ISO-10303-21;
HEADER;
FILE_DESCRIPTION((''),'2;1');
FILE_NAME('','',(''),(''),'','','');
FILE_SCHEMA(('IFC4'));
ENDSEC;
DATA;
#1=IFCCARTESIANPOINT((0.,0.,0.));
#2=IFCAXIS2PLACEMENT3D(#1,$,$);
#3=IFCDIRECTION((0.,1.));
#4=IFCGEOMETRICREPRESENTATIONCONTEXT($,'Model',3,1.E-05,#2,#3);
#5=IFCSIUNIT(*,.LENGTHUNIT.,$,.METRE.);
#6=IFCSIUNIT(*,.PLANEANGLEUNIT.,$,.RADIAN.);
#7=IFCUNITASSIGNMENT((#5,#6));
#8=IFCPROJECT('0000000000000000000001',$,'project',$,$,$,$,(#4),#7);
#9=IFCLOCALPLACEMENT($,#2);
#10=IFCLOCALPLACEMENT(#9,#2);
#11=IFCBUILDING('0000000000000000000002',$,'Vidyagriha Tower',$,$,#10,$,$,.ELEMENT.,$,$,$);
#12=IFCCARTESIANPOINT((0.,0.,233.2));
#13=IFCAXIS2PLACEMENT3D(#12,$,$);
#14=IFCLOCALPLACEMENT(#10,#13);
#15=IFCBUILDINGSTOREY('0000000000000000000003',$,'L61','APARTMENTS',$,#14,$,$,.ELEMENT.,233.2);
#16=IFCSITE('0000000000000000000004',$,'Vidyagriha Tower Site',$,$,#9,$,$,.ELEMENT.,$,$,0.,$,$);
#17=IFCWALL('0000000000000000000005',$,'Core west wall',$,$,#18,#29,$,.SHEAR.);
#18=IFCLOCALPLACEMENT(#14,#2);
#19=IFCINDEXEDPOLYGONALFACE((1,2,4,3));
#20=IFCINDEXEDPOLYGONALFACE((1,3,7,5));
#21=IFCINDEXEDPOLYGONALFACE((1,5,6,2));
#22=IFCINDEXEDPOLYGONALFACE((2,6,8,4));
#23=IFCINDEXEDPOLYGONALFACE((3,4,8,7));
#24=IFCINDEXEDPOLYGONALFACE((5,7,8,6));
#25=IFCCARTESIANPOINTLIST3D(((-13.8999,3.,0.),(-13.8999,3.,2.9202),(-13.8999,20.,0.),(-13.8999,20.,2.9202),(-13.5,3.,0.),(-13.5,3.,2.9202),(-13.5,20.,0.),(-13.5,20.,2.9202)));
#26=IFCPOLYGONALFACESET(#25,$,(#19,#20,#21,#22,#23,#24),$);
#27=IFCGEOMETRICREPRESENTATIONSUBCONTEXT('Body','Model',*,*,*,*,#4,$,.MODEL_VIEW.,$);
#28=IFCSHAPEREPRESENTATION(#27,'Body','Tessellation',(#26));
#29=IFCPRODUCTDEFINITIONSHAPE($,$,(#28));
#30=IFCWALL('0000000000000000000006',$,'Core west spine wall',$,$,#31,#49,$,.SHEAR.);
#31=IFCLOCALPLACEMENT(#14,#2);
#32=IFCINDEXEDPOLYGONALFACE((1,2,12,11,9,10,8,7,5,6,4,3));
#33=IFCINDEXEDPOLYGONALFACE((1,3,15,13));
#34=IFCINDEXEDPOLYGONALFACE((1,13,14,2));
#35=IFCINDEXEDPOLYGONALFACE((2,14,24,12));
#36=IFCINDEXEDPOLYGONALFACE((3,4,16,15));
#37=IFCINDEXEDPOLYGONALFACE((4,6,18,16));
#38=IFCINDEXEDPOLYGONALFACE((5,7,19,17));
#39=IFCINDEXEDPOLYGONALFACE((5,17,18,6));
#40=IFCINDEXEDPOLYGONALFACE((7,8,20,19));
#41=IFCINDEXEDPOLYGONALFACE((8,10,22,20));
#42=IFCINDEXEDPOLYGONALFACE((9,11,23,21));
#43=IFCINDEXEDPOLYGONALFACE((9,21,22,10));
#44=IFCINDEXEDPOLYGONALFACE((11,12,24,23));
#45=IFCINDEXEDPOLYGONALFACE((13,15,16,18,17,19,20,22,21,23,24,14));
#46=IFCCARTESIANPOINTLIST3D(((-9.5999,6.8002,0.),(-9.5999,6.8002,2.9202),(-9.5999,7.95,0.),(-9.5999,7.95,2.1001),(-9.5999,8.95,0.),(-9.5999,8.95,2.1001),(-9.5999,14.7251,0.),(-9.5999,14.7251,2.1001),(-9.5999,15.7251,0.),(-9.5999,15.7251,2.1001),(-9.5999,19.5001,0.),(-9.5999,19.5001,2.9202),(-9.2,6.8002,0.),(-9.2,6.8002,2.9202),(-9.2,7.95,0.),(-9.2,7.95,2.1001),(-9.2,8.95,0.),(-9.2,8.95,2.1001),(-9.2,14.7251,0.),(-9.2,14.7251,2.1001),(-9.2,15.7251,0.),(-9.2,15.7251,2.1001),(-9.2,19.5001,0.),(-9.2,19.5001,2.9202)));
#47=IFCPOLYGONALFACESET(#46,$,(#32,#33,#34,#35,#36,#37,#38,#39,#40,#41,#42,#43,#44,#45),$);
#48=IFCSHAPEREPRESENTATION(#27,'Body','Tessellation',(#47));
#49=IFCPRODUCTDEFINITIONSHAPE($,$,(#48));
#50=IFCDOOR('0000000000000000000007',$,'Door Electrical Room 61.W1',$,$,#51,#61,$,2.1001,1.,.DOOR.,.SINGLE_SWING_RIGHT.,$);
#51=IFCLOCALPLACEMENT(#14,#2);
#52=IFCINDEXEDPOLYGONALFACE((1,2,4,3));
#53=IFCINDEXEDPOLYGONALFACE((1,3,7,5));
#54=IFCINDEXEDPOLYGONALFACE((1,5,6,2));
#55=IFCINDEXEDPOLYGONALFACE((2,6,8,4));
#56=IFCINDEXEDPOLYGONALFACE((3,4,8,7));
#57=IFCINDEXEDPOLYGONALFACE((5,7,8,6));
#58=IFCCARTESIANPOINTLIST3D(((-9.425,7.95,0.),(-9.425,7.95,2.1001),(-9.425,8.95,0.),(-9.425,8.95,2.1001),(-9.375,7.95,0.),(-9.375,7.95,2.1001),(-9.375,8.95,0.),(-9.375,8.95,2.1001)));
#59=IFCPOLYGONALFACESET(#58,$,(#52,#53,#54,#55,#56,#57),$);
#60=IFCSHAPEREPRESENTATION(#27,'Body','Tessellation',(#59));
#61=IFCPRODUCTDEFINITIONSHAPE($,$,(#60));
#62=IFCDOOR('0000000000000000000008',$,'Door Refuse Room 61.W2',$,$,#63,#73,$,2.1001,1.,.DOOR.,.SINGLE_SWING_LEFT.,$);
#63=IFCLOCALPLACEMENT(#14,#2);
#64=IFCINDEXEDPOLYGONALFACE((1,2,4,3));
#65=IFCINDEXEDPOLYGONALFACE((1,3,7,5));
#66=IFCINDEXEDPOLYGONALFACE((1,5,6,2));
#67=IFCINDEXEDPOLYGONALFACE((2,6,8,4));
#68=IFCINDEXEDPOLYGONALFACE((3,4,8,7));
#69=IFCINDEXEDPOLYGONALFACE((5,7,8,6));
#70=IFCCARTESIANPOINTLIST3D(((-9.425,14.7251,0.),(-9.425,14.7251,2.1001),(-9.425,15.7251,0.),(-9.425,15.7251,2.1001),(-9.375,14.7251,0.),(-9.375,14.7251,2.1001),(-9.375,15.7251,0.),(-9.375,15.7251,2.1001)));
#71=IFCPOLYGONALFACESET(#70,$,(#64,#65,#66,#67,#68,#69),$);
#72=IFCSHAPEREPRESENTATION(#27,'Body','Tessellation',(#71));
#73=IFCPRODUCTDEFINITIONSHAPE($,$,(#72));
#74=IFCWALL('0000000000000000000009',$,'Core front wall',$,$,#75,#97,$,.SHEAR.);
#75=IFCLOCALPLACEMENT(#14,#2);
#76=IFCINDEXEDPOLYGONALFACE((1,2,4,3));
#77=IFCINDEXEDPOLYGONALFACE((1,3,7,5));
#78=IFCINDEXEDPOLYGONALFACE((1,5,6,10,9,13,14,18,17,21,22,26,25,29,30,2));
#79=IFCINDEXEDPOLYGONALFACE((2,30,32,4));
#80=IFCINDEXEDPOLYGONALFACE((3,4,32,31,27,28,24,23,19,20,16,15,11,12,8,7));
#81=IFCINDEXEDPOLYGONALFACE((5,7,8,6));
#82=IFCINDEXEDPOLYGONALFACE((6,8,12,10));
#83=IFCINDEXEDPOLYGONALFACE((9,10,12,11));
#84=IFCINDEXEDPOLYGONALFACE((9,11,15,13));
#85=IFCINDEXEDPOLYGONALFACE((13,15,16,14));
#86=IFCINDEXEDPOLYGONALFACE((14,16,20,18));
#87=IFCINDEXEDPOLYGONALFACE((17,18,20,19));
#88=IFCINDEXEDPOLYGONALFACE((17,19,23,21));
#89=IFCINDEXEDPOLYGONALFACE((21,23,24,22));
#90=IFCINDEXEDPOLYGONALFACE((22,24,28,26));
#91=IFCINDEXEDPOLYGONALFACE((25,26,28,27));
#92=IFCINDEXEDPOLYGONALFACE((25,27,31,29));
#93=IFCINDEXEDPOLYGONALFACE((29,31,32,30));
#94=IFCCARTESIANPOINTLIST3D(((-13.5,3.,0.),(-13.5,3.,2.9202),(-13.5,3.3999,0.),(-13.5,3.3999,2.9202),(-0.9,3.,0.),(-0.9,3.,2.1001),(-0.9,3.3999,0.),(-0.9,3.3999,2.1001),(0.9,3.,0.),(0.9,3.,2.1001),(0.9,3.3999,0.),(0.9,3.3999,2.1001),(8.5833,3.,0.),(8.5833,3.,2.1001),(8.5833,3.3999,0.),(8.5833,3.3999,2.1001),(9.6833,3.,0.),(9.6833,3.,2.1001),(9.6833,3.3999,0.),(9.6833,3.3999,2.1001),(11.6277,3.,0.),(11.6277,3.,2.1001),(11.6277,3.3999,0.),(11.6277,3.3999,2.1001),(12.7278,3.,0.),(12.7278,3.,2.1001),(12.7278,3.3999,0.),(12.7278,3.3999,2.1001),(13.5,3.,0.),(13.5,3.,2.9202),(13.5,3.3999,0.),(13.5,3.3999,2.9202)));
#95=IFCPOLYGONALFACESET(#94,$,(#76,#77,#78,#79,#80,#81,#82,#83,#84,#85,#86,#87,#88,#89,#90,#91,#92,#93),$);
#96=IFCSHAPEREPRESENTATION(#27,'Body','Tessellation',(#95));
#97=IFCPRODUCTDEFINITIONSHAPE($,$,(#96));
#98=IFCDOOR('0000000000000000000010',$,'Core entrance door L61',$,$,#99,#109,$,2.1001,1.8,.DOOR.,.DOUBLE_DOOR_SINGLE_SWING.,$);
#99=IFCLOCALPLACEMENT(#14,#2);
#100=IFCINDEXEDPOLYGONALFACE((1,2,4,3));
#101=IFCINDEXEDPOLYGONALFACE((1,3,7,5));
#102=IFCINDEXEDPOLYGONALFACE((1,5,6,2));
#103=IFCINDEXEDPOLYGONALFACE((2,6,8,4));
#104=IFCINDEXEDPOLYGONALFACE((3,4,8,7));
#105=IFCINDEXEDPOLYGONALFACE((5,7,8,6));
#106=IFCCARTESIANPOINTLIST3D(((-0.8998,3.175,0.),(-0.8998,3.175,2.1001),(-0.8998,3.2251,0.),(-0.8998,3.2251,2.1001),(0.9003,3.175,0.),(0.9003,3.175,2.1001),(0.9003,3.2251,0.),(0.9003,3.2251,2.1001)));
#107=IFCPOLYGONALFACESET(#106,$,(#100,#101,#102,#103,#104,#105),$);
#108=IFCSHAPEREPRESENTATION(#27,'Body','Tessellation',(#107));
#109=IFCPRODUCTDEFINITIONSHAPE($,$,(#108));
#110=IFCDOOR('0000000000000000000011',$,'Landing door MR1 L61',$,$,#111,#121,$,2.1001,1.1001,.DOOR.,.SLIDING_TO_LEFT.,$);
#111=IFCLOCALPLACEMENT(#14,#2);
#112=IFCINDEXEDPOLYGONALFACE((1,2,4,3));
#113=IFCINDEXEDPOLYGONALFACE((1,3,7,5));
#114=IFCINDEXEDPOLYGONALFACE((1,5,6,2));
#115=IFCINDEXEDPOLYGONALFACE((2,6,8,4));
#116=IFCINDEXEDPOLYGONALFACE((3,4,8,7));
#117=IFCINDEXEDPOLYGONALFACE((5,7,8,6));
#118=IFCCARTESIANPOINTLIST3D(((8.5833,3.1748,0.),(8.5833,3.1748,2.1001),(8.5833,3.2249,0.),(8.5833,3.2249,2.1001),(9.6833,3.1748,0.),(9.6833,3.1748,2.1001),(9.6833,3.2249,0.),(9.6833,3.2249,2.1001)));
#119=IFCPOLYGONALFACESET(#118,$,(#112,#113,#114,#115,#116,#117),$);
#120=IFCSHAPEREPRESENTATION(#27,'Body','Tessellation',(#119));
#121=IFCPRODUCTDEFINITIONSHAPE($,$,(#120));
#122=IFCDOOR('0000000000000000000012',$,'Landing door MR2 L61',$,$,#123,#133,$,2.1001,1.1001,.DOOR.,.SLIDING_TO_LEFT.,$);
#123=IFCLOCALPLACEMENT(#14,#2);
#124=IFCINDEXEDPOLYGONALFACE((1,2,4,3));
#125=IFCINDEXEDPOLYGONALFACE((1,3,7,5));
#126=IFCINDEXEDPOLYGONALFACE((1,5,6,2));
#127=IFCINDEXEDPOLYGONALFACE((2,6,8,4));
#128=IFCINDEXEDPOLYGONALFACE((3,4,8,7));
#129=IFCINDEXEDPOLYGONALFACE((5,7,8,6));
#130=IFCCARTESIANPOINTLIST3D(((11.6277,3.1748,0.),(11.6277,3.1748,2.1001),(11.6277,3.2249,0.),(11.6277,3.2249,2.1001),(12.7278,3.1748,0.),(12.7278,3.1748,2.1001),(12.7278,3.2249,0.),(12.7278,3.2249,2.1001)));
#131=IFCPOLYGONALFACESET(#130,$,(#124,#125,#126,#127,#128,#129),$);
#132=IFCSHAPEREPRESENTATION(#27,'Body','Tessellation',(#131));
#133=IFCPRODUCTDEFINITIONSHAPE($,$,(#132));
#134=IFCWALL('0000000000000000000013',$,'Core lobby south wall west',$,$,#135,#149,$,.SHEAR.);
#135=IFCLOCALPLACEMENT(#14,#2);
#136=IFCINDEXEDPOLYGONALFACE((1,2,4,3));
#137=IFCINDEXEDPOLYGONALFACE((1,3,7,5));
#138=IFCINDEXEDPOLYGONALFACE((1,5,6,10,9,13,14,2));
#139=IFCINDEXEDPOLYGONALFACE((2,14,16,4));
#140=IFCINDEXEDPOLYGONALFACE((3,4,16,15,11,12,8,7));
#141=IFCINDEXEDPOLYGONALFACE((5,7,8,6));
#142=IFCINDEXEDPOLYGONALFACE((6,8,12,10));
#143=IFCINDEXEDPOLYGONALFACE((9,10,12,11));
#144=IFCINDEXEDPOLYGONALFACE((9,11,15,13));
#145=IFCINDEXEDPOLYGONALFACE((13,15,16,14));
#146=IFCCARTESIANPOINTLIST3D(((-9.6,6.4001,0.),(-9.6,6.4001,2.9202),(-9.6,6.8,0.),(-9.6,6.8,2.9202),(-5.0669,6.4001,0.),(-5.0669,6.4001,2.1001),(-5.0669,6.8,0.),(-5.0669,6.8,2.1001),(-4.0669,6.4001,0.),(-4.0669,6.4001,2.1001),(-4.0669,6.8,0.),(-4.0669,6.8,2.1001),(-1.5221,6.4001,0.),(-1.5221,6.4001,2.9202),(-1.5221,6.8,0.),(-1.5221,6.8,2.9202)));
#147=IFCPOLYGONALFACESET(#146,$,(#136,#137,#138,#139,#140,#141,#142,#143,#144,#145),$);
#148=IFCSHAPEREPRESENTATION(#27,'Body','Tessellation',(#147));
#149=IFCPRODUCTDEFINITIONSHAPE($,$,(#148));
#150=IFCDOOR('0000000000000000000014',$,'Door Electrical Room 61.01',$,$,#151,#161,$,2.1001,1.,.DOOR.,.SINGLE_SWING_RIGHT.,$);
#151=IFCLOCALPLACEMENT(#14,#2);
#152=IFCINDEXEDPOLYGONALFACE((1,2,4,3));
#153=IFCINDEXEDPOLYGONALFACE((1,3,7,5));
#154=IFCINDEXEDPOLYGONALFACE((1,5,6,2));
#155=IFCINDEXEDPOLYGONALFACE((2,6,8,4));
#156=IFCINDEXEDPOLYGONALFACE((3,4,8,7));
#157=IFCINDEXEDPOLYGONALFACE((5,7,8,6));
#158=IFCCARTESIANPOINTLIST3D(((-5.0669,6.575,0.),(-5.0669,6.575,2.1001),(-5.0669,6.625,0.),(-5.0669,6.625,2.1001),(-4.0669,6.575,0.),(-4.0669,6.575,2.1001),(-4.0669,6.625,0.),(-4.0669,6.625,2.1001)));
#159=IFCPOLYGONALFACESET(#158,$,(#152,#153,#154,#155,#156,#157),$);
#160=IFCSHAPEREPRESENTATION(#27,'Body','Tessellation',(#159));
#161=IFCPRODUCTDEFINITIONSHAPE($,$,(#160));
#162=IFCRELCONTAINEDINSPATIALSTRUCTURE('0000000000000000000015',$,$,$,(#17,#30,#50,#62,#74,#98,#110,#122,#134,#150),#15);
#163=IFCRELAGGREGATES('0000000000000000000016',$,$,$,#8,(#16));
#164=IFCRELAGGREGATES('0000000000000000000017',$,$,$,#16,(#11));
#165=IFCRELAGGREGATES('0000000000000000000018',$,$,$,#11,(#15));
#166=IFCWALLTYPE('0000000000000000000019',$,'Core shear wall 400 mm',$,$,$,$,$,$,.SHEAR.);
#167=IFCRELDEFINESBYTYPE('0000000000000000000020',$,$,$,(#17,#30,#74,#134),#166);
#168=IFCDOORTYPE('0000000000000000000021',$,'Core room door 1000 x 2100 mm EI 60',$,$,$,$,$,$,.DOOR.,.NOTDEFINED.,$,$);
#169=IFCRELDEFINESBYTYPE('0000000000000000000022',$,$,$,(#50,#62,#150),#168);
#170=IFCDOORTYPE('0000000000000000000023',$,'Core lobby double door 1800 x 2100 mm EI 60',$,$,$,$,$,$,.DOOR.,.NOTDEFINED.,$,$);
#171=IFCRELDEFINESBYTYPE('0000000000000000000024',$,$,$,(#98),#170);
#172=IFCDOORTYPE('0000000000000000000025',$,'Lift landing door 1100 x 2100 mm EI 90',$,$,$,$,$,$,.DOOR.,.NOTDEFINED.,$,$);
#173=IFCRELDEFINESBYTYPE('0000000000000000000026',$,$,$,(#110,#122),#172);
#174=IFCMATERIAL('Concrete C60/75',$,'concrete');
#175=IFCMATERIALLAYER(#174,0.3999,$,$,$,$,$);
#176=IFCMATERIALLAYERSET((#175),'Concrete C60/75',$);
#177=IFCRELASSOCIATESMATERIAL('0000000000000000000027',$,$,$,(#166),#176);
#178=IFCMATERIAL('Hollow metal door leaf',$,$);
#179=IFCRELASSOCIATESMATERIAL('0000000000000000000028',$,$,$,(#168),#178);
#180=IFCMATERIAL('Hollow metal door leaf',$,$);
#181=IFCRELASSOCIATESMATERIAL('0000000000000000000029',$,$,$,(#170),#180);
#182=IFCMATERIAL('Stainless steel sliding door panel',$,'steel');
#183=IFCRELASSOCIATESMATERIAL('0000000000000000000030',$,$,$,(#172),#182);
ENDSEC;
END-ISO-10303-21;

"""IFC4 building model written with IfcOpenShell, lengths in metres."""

from ifc_helpers import new_model, si_unit, direction, frame, frame_2d, origin, place, context, subcontext, project, spatial, rectangle, extrude, material, layer, layer_set, type_object, element, fill, save


model = new_model("IFC4")

# Units and contexts
model_context = context("Model", 3, precision=1e-05, world=origin(), true_north=direction((0.0, 1.0)))
body_context = subcontext(model_context, "Body", "Model", "MODEL_VIEW")
ifc_project = project(units=[si_unit("LENGTHUNIT", "METRE"), si_unit("PLANEANGLEUNIT", "RADIAN")], contexts=[model_context])

# Site, building, storey
site_placement = place(None, origin())
site = spatial("IfcSite", under=ifc_project, at=site_placement, Name="Vidyagriha Tower Site", CompositionType="ELEMENT", RefElevation=0.0)
building_placement = place(site_placement, origin())
building = spatial("IfcBuilding", under=site, at=building_placement, Name="Vidyagriha Tower", CompositionType="ELEMENT")
storey_placement = place(building_placement, frame((0.0, 0.0, 233.2)))
storey = spatial("IfcBuildingStorey", under=building, at=storey_placement, Name="L61", Description="APARTMENTS", CompositionType="ELEMENT", Elevation=233.2)

# Wall
ifc_material_1 = material(Name="Concrete C60/75", Category="concrete")
ifc_layer_1 = layer(ifc_material_1, 0.3999)
ifc_layer_set_1 = layer_set([ifc_layer_1], Name="Concrete C60/75")
wall_type_1 = type_object("IfcWallType", Name="Core shear wall 400 mm", PredefinedType="SHEAR", material=ifc_layer_set_1)
wall_1_placement = place(storey_placement, frame((-13.7, 3.0, 0.0), z_axis=(0.0, 0.0, 1.0), x_axis=(0.0, 1.0, 0.0)))
element("IfcWall", 1, at=wall_1_placement, inside=storey, type_object=wall_type_1, Name="Core west wall", PredefinedType="SHEAR", context=body_context, shape_type="SweptSolid", body=[
    extrude(rectangle(XDim=17.0, YDim=0.3999, at=frame_2d((8.5, 0.0))), origin(), (0.0, 0.0, 1.0), 2.9202),
])

# Walls, openings, doors
wall_2_placement = place(storey_placement, frame((-9.3999, 6.8, 0.0), z_axis=(0.0, 0.0, 1.0), x_axis=(0.0, 1.0, 0.0)))
wall_2 = element("IfcWall", 2, at=wall_2_placement, inside=storey, type_object=wall_type_1, Name="Core west spine wall", PredefinedType="SHEAR", context=body_context, shape_type="SweptSolid", body=[
    extrude(rectangle(XDim=12.7, YDim=0.3999, at=frame_2d((6.3501, 0.0))), origin(), (0.0, 0.0, 1.0), 2.9202),
])
opening_1_placement = place(wall_2_placement, frame((1.1499, 0.0, 0.0)))
opening_1 = element("IfcOpeningElement", 3, at=opening_1_placement, cuts=wall_2, PredefinedType="OPENING", context=body_context, shape_type="SweptSolid", body=[
    extrude(rectangle(XDim=1.0, YDim=2.1001, at=frame_2d((0.5, 1.05))), frame((0.0, 0.21, 0.0), z_axis=(0.0, -1.0, 0.0), x_axis=(1.0, 0.0, 0.0)), (0.0, 0.0, 1.0), 0.4199),
])
opening_2_placement = place(wall_2_placement, frame((7.925, 0.0, 0.0)))
opening_2 = element("IfcOpeningElement", 4, at=opening_2_placement, cuts=wall_2, PredefinedType="OPENING", context=body_context, shape_type="SweptSolid", body=[
    extrude(rectangle(XDim=1.0, YDim=2.1001, at=frame_2d((0.5, 1.05))), frame((0.0, 0.21, 0.0), z_axis=(0.0, -1.0, 0.0), x_axis=(1.0, 0.0, 0.0)), (0.0, 0.0, 1.0), 0.4199),
])
ifc_material_2 = material(Name="Hollow metal door leaf")
door_type_1 = type_object("IfcDoorType", Name="Core room door 1000 x 2100 mm EI 60", OperationType="NOTDEFINED", PredefinedType="DOOR", material=ifc_material_2)
door_1_placement = place(opening_1_placement, frame((1.0, 0.0, 0.0), z_axis=(0.0, 0.0, 1.0), x_axis=(-1.0, 0.0, 0.0)))
door_1 = element("IfcDoor", 5, at=door_1_placement, inside=storey, type_object=door_type_1, Name="Door Electrical Room 61.W1", OperationType="SINGLE_SWING_RIGHT", OverallHeight=2.1001, OverallWidth=1.0, PredefinedType="DOOR", context=body_context, shape_type="SweptSolid", body=[
    extrude(rectangle(XDim=1.0, YDim=2.1001, at=frame_2d((0.5, 1.05))), frame((0.0, 0.0249, 0.0), z_axis=(0.0, -1.0, 0.0), x_axis=(1.0, 0.0, 0.0)), (0.0, 0.0, 1.0), 0.05),
])
fill(opening_1, door_1)
door_2_placement = place(opening_2_placement, frame((1.0, 0.0, 0.0), z_axis=(0.0, 0.0, 1.0), x_axis=(-1.0, 0.0, 0.0)))
door_2 = element("IfcDoor", 6, at=door_2_placement, inside=storey, type_object=door_type_1, Name="Door Refuse Room 61.W2", OperationType="SINGLE_SWING_LEFT", OverallHeight=2.1001, OverallWidth=1.0, PredefinedType="DOOR", context=body_context, shape_type="SweptSolid", body=[
    extrude(rectangle(XDim=1.0, YDim=2.1001, at=frame_2d((0.5, 1.05))), frame((0.0, 0.0249, 0.0), z_axis=(0.0, -1.0, 0.0), x_axis=(1.0, 0.0, 0.0)), (0.0, 0.0, 1.0), 0.05),
])
fill(opening_2, door_2)
wall_3_placement = place(storey_placement, frame((-13.5, 3.2, 0.0)))
wall_3 = element("IfcWall", 7, at=wall_3_placement, inside=storey, type_object=wall_type_1, Name="Core front wall", PredefinedType="SHEAR", context=body_context, shape_type="SweptSolid", body=[
    extrude(rectangle(XDim=27.0, YDim=0.3999, at=frame_2d((13.5, 0.0))), origin(), (0.0, 0.0, 1.0), 2.9202),
])
opening_3_placement = place(wall_3_placement, frame((22.0833, 0.0, 0.0)))
opening_3 = element("IfcOpeningElement", 8, at=opening_3_placement, cuts=wall_3, PredefinedType="OPENING", context=body_context, shape_type="SweptSolid", body=[
    extrude(rectangle(XDim=1.1001, YDim=2.1001, at=frame_2d((0.55, 1.05))), frame((0.0, 0.21, 0.0), z_axis=(0.0, -1.0, 0.0), x_axis=(1.0, 0.0, 0.0)), (0.0, 0.0, 1.0), 0.4199),
])
opening_4_placement = place(wall_3_placement, frame((25.1277, 0.0, 0.0)))
opening_4 = element("IfcOpeningElement", 9, at=opening_4_placement, cuts=wall_3, PredefinedType="OPENING", context=body_context, shape_type="SweptSolid", body=[
    extrude(rectangle(XDim=1.1001, YDim=2.1001, at=frame_2d((0.55, 1.05))), frame((0.0, 0.21, 0.0), z_axis=(0.0, -1.0, 0.0), x_axis=(1.0, 0.0, 0.0)), (0.0, 0.0, 1.0), 0.4199),
])
opening_5_placement = place(wall_3_placement, frame((12.6001, 0.0, 0.0)))
opening_5 = element("IfcOpeningElement", 10, at=opening_5_placement, cuts=wall_3, PredefinedType="OPENING", context=body_context, shape_type="SweptSolid", body=[
    extrude(rectangle(XDim=1.8, YDim=2.1001, at=frame_2d((0.8999, 1.05))), frame((0.0, 0.21, 0.0), z_axis=(0.0, -1.0, 0.0), x_axis=(1.0, 0.0, 0.0)), (0.0, 0.0, 1.0), 0.4199),
])
ifc_material_3 = material(Name="Hollow metal door leaf")
door_type_2 = type_object("IfcDoorType", Name="Core lobby double door 1800 x 2100 mm EI 60", OperationType="NOTDEFINED", PredefinedType="DOOR", material=ifc_material_3)
door_3_placement = place(opening_5_placement, frame((1.8, 0.0, 0.0), z_axis=(0.0, 0.0, 1.0), x_axis=(-1.0, 0.0, 0.0)))
door_3 = element("IfcDoor", 11, at=door_3_placement, inside=storey, type_object=door_type_2, Name="Core entrance door L61", OperationType="DOUBLE_DOOR_SINGLE_SWING", OverallHeight=2.1001, OverallWidth=1.8, PredefinedType="DOOR", context=body_context, shape_type="SweptSolid", body=[
    extrude(rectangle(XDim=1.8, YDim=2.1001, at=frame_2d((0.8999, 1.05))), frame((0.0, 0.0249, 0.0), z_axis=(0.0, -1.0, 0.0), x_axis=(1.0, 0.0, 0.0)), (0.0, 0.0, 1.0), 0.05),
])
fill(opening_5, door_3)
ifc_material_4 = material(Name="Stainless steel sliding door panel", Category="steel")
door_type_3 = type_object("IfcDoorType", Name="Lift landing door 1100 x 2100 mm EI 90", OperationType="NOTDEFINED", PredefinedType="DOOR", material=ifc_material_4)
door_4_placement = place(opening_3_placement, origin())
door_4 = element("IfcDoor", 12, at=door_4_placement, inside=storey, type_object=door_type_3, Name="Landing door MR1 L61", OperationType="SLIDING_TO_LEFT", OverallHeight=2.1001, OverallWidth=1.1001, PredefinedType="DOOR", context=body_context, shape_type="SweptSolid", body=[
    extrude(rectangle(XDim=1.1001, YDim=2.1001, at=frame_2d((0.55, 1.05))), frame((0.0, 0.0249, 0.0), z_axis=(0.0, -1.0, 0.0), x_axis=(1.0, 0.0, 0.0)), (0.0, 0.0, 1.0), 0.05),
])
fill(opening_3, door_4)
door_5_placement = place(opening_4_placement, origin())
door_5 = element("IfcDoor", 13, at=door_5_placement, inside=storey, type_object=door_type_3, Name="Landing door MR2 L61", OperationType="SLIDING_TO_LEFT", OverallHeight=2.1001, OverallWidth=1.1001, PredefinedType="DOOR", context=body_context, shape_type="SweptSolid", body=[
    extrude(rectangle(XDim=1.1001, YDim=2.1001, at=frame_2d((0.55, 1.05))), frame((0.0, 0.0249, 0.0), z_axis=(0.0, -1.0, 0.0), x_axis=(1.0, 0.0, 0.0)), (0.0, 0.0, 1.0), 0.05),
])
fill(opening_4, door_5)

# Wall, opening, door
wall_4_placement = place(storey_placement, frame((-9.6001, 6.6001, 0.0)))
wall_4 = element("IfcWall", 14, at=wall_4_placement, inside=storey, type_object=wall_type_1, Name="Core lobby south wall west", PredefinedType="SHEAR", context=body_context, shape_type="SweptSolid", body=[
    extrude(rectangle(XDim=8.0779, YDim=0.3999, at=frame_2d((4.0391, 0.0))), origin(), (0.0, 0.0, 1.0), 2.9202),
])
opening_6_placement = place(wall_4_placement, frame((4.5332, 0.0, 0.0)))
opening_6 = element("IfcOpeningElement", 15, at=opening_6_placement, cuts=wall_4, PredefinedType="OPENING", context=body_context, shape_type="SweptSolid", body=[
    extrude(rectangle(XDim=1.0, YDim=2.1001, at=frame_2d((0.5, 1.05))), frame((0.0, 0.21, 0.0), z_axis=(0.0, -1.0, 0.0), x_axis=(1.0, 0.0, 0.0)), (0.0, 0.0, 1.0), 0.4199),
])
door_6_placement = place(opening_6_placement, origin())
door_6 = element("IfcDoor", 16, at=door_6_placement, inside=storey, type_object=door_type_1, Name="Door Electrical Room 61.01", OperationType="SINGLE_SWING_RIGHT", OverallHeight=2.1001, OverallWidth=1.0, PredefinedType="DOOR", context=body_context, shape_type="SweptSolid", body=[
    extrude(rectangle(XDim=1.0, YDim=2.1001, at=frame_2d((0.5, 1.05))), frame((0.0, 0.0249, 0.0), z_axis=(0.0, -1.0, 0.0), x_axis=(1.0, 0.0, 0.0)), (0.0, 0.0, 1.0), 0.05),
])
fill(opening_6, door_6)

save(model, "model.ifc")
